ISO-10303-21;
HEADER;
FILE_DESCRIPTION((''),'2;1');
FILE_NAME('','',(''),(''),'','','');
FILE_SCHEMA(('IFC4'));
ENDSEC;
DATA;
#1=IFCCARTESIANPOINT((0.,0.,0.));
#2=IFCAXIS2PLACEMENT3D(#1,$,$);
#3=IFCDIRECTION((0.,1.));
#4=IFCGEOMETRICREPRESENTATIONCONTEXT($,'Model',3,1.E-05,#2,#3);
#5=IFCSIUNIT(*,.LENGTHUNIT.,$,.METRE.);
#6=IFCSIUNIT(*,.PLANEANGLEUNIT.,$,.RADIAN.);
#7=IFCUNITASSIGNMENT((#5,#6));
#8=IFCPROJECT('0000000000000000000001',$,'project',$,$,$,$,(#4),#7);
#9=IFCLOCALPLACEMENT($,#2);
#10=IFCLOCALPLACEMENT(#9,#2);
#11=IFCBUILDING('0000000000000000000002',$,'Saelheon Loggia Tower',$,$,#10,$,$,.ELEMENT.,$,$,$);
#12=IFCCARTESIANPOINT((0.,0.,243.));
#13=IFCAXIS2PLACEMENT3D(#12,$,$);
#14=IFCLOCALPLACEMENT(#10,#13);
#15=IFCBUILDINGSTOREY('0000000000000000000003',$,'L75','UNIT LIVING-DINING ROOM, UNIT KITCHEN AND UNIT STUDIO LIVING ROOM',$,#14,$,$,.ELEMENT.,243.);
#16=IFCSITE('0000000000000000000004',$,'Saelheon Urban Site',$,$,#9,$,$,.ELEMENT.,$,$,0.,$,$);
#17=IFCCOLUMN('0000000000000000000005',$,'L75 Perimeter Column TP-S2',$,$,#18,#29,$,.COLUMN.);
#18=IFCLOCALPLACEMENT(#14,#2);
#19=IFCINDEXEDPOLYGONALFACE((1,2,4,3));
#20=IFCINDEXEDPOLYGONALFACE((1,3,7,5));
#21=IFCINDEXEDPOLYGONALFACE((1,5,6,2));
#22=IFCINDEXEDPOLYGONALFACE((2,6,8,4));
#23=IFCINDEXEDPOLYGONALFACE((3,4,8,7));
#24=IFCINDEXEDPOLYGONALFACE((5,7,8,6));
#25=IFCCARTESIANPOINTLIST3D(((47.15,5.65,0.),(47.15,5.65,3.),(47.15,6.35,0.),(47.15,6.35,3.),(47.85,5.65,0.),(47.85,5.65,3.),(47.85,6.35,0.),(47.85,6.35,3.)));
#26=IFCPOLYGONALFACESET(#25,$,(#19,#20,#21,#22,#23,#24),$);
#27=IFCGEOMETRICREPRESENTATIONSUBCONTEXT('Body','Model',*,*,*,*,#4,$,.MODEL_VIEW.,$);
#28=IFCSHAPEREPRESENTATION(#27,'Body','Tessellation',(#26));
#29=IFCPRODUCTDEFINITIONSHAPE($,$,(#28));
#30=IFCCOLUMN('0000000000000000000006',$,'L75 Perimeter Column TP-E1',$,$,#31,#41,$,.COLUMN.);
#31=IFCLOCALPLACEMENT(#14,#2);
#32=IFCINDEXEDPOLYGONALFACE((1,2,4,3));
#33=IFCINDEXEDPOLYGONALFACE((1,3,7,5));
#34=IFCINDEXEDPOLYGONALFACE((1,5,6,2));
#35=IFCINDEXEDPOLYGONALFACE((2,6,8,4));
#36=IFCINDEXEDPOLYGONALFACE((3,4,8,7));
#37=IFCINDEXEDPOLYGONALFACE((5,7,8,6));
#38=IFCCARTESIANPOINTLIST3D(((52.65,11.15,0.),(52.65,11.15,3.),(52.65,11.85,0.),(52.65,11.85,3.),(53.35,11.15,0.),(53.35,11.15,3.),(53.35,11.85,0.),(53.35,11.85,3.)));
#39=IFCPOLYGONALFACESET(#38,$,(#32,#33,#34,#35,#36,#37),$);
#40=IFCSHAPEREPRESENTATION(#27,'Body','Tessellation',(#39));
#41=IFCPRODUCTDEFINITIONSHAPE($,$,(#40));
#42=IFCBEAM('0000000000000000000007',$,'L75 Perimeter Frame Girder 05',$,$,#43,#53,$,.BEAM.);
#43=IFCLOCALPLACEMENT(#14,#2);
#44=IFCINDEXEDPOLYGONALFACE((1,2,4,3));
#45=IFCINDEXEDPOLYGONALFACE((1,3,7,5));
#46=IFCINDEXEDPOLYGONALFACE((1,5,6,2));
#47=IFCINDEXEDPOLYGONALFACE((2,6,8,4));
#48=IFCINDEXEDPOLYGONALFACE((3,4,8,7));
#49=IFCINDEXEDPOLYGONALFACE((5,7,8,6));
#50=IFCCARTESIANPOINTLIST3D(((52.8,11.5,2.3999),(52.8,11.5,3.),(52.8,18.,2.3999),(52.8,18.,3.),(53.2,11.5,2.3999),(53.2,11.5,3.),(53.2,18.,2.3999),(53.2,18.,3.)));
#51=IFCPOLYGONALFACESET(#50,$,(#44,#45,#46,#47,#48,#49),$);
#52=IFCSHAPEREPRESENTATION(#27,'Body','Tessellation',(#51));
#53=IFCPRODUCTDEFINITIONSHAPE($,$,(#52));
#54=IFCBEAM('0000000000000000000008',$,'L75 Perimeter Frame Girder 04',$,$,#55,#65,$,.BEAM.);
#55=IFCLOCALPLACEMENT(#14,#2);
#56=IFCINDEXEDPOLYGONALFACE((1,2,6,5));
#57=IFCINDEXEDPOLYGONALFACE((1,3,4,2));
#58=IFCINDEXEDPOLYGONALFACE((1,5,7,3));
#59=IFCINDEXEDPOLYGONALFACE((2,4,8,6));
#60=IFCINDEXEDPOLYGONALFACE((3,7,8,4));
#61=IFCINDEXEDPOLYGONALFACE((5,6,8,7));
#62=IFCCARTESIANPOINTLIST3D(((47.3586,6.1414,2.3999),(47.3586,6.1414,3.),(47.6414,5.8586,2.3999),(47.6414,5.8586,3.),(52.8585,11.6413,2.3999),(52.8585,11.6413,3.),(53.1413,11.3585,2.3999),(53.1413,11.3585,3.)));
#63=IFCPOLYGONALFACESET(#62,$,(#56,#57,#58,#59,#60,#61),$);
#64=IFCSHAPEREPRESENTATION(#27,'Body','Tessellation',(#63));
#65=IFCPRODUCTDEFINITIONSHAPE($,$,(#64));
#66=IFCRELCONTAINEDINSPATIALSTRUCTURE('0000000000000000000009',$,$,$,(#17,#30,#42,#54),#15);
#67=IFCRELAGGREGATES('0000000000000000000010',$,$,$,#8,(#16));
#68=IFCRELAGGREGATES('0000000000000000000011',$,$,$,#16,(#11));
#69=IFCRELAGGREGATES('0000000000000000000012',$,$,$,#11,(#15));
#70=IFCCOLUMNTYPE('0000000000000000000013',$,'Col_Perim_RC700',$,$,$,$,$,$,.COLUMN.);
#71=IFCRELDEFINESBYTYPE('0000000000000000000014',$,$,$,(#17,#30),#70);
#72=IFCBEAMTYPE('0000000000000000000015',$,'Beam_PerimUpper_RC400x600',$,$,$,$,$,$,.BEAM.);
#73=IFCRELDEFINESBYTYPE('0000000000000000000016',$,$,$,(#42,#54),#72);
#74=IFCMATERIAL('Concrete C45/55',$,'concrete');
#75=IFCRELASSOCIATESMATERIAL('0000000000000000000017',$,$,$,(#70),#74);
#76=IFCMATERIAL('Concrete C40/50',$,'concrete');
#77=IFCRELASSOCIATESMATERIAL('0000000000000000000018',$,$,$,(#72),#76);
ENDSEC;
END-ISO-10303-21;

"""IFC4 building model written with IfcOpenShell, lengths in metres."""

from ifc_helpers import new_model, si_unit, direction, frame, origin, origin_2d, place, context, subcontext, project, spatial, rectangle, extrude, source, transform, mapped, material, material_profile, profile_set, type_object, element, save


model = new_model("IFC4")

# Units and contexts
model_context = context("Model", 3, precision=1e-05, world=origin(), true_north=direction((0.0, 1.0)))
body_context = subcontext(model_context, "Body", "Model", "MODEL_VIEW")
ifc_project = project(units=[si_unit("LENGTHUNIT", "METRE"), si_unit("PLANEANGLEUNIT", "RADIAN")], contexts=[model_context])

# Site, building, storey
site_placement = place(None, origin())
site = spatial("IfcSite", under=ifc_project, at=site_placement, Name="Saelheon Urban Site", CompositionType="ELEMENT", RefElevation=0.0)
building_placement = place(site_placement, origin())
building = spatial("IfcBuilding", under=site, at=building_placement, Name="Saelheon Loggia Tower", CompositionType="ELEMENT")
storey_placement = place(building_placement, frame((0.0, 0.0, 243.0)))
storey = spatial("IfcBuildingStorey", under=building, at=storey_placement, Name="L75", Description="UNIT LIVING-DINING ROOM, UNIT KITCHEN AND UNIT STUDIO LIVING ROOM", CompositionType="ELEMENT", Elevation=243.0)

# Columns
ifc_material_1 = material(Name="Concrete C45/55", Category="concrete")
ifc_material_profile_1 = material_profile(ifc_material_1, rectangle(XDim=0.7, YDim=0.7, at=origin_2d()), Name="RC-700x700")
ifc_profile_set_1 = profile_set([ifc_material_profile_1], Name="Concrete C45/55")
column_type = type_object("IfcColumnType", Name="Col_Perim_RC700", PredefinedType="COLUMN", material=ifc_profile_set_1)
shared_shape_1 = source(origin(), body_context, "Body", "SweptSolid", [
    extrude(rectangle(XDim=0.7, YDim=0.7, at=origin_2d()), origin(), (0.0, 0.0, 1.0), 3.0),
])
for number, where, z_axis, x_axis, name in (
    (1, (47.5, 6.0, 0.0), (0.0, 0.0, 1.0), (1.0, 0.0, 0.0), "L75 Perimeter Column TP-S2"),
    (2, (53.0, 11.5, 0.0), (0.0, 0.0, 1.0), (1.0, 0.0, 0.0), "L75 Perimeter Column TP-E1"),
):
    element("IfcColumn", number, at=place(storey_placement, frame(where, z_axis=z_axis, x_axis=x_axis)), inside=storey, type_object=column_type, Name=name, PredefinedType="COLUMN", context=body_context, shape_type="MappedRepresentation", body=[
        mapped(shared_shape_1, transform((0.0, 0.0, 0.0), scale=1.0)),
    ])

# Beams
ifc_material_2 = material(Name="Concrete C40/50", Category="concrete")
ifc_material_profile_2 = material_profile(ifc_material_2, rectangle(XDim=0.3999, YDim=0.6001, at=origin_2d()), Name="RC-400x600")
ifc_profile_set_2 = profile_set([ifc_material_profile_2], Name="Concrete C40/50")
beam_type = type_object("IfcBeamType", Name="Beam_PerimUpper_RC400x600", PredefinedType="BEAM", material=ifc_profile_set_2)
shared_shape_2 = source(origin(), body_context, "Body", "SweptSolid", [
    extrude(rectangle(XDim=0.3999, YDim=0.6001, at=origin_2d()), origin(), (0.0, 0.0, 1.0), 6.5),
])
beam_1_placement = place(storey_placement, frame((53.0, 11.5, 2.7), z_axis=(0.0, 1.0, 0.0), x_axis=(-1.0, 0.0, 0.0)))
element("IfcBeam", 3, at=beam_1_placement, inside=storey, type_object=beam_type, Name="L75 Perimeter Frame Girder 05", PredefinedType="BEAM", context=body_context, shape_type="MappedRepresentation", body=[
    mapped(shared_shape_2, transform((0.0, 0.0, 0.0), scale=1.0)),
])
shared_shape_3 = source(origin(), body_context, "Body", "SweptSolid", [
    extrude(rectangle(XDim=0.3999, YDim=0.6001, at=origin_2d()), origin(), (0.0, 0.0, 1.0), 7.7781),
])
beam_2_placement = place(storey_placement, frame((47.5, 6.0, 2.7), z_axis=(0.707107, 0.707107, 0.0), x_axis=(-0.707107, 0.707107, 0.0)))
element("IfcBeam", 4, at=beam_2_placement, inside=storey, type_object=beam_type, Name="L75 Perimeter Frame Girder 04", PredefinedType="BEAM", context=body_context, shape_type="MappedRepresentation", body=[
    mapped(shared_shape_3, transform((0.0, 0.0, 0.0), scale=1.0)),
])

save(model, "model.ifc")
